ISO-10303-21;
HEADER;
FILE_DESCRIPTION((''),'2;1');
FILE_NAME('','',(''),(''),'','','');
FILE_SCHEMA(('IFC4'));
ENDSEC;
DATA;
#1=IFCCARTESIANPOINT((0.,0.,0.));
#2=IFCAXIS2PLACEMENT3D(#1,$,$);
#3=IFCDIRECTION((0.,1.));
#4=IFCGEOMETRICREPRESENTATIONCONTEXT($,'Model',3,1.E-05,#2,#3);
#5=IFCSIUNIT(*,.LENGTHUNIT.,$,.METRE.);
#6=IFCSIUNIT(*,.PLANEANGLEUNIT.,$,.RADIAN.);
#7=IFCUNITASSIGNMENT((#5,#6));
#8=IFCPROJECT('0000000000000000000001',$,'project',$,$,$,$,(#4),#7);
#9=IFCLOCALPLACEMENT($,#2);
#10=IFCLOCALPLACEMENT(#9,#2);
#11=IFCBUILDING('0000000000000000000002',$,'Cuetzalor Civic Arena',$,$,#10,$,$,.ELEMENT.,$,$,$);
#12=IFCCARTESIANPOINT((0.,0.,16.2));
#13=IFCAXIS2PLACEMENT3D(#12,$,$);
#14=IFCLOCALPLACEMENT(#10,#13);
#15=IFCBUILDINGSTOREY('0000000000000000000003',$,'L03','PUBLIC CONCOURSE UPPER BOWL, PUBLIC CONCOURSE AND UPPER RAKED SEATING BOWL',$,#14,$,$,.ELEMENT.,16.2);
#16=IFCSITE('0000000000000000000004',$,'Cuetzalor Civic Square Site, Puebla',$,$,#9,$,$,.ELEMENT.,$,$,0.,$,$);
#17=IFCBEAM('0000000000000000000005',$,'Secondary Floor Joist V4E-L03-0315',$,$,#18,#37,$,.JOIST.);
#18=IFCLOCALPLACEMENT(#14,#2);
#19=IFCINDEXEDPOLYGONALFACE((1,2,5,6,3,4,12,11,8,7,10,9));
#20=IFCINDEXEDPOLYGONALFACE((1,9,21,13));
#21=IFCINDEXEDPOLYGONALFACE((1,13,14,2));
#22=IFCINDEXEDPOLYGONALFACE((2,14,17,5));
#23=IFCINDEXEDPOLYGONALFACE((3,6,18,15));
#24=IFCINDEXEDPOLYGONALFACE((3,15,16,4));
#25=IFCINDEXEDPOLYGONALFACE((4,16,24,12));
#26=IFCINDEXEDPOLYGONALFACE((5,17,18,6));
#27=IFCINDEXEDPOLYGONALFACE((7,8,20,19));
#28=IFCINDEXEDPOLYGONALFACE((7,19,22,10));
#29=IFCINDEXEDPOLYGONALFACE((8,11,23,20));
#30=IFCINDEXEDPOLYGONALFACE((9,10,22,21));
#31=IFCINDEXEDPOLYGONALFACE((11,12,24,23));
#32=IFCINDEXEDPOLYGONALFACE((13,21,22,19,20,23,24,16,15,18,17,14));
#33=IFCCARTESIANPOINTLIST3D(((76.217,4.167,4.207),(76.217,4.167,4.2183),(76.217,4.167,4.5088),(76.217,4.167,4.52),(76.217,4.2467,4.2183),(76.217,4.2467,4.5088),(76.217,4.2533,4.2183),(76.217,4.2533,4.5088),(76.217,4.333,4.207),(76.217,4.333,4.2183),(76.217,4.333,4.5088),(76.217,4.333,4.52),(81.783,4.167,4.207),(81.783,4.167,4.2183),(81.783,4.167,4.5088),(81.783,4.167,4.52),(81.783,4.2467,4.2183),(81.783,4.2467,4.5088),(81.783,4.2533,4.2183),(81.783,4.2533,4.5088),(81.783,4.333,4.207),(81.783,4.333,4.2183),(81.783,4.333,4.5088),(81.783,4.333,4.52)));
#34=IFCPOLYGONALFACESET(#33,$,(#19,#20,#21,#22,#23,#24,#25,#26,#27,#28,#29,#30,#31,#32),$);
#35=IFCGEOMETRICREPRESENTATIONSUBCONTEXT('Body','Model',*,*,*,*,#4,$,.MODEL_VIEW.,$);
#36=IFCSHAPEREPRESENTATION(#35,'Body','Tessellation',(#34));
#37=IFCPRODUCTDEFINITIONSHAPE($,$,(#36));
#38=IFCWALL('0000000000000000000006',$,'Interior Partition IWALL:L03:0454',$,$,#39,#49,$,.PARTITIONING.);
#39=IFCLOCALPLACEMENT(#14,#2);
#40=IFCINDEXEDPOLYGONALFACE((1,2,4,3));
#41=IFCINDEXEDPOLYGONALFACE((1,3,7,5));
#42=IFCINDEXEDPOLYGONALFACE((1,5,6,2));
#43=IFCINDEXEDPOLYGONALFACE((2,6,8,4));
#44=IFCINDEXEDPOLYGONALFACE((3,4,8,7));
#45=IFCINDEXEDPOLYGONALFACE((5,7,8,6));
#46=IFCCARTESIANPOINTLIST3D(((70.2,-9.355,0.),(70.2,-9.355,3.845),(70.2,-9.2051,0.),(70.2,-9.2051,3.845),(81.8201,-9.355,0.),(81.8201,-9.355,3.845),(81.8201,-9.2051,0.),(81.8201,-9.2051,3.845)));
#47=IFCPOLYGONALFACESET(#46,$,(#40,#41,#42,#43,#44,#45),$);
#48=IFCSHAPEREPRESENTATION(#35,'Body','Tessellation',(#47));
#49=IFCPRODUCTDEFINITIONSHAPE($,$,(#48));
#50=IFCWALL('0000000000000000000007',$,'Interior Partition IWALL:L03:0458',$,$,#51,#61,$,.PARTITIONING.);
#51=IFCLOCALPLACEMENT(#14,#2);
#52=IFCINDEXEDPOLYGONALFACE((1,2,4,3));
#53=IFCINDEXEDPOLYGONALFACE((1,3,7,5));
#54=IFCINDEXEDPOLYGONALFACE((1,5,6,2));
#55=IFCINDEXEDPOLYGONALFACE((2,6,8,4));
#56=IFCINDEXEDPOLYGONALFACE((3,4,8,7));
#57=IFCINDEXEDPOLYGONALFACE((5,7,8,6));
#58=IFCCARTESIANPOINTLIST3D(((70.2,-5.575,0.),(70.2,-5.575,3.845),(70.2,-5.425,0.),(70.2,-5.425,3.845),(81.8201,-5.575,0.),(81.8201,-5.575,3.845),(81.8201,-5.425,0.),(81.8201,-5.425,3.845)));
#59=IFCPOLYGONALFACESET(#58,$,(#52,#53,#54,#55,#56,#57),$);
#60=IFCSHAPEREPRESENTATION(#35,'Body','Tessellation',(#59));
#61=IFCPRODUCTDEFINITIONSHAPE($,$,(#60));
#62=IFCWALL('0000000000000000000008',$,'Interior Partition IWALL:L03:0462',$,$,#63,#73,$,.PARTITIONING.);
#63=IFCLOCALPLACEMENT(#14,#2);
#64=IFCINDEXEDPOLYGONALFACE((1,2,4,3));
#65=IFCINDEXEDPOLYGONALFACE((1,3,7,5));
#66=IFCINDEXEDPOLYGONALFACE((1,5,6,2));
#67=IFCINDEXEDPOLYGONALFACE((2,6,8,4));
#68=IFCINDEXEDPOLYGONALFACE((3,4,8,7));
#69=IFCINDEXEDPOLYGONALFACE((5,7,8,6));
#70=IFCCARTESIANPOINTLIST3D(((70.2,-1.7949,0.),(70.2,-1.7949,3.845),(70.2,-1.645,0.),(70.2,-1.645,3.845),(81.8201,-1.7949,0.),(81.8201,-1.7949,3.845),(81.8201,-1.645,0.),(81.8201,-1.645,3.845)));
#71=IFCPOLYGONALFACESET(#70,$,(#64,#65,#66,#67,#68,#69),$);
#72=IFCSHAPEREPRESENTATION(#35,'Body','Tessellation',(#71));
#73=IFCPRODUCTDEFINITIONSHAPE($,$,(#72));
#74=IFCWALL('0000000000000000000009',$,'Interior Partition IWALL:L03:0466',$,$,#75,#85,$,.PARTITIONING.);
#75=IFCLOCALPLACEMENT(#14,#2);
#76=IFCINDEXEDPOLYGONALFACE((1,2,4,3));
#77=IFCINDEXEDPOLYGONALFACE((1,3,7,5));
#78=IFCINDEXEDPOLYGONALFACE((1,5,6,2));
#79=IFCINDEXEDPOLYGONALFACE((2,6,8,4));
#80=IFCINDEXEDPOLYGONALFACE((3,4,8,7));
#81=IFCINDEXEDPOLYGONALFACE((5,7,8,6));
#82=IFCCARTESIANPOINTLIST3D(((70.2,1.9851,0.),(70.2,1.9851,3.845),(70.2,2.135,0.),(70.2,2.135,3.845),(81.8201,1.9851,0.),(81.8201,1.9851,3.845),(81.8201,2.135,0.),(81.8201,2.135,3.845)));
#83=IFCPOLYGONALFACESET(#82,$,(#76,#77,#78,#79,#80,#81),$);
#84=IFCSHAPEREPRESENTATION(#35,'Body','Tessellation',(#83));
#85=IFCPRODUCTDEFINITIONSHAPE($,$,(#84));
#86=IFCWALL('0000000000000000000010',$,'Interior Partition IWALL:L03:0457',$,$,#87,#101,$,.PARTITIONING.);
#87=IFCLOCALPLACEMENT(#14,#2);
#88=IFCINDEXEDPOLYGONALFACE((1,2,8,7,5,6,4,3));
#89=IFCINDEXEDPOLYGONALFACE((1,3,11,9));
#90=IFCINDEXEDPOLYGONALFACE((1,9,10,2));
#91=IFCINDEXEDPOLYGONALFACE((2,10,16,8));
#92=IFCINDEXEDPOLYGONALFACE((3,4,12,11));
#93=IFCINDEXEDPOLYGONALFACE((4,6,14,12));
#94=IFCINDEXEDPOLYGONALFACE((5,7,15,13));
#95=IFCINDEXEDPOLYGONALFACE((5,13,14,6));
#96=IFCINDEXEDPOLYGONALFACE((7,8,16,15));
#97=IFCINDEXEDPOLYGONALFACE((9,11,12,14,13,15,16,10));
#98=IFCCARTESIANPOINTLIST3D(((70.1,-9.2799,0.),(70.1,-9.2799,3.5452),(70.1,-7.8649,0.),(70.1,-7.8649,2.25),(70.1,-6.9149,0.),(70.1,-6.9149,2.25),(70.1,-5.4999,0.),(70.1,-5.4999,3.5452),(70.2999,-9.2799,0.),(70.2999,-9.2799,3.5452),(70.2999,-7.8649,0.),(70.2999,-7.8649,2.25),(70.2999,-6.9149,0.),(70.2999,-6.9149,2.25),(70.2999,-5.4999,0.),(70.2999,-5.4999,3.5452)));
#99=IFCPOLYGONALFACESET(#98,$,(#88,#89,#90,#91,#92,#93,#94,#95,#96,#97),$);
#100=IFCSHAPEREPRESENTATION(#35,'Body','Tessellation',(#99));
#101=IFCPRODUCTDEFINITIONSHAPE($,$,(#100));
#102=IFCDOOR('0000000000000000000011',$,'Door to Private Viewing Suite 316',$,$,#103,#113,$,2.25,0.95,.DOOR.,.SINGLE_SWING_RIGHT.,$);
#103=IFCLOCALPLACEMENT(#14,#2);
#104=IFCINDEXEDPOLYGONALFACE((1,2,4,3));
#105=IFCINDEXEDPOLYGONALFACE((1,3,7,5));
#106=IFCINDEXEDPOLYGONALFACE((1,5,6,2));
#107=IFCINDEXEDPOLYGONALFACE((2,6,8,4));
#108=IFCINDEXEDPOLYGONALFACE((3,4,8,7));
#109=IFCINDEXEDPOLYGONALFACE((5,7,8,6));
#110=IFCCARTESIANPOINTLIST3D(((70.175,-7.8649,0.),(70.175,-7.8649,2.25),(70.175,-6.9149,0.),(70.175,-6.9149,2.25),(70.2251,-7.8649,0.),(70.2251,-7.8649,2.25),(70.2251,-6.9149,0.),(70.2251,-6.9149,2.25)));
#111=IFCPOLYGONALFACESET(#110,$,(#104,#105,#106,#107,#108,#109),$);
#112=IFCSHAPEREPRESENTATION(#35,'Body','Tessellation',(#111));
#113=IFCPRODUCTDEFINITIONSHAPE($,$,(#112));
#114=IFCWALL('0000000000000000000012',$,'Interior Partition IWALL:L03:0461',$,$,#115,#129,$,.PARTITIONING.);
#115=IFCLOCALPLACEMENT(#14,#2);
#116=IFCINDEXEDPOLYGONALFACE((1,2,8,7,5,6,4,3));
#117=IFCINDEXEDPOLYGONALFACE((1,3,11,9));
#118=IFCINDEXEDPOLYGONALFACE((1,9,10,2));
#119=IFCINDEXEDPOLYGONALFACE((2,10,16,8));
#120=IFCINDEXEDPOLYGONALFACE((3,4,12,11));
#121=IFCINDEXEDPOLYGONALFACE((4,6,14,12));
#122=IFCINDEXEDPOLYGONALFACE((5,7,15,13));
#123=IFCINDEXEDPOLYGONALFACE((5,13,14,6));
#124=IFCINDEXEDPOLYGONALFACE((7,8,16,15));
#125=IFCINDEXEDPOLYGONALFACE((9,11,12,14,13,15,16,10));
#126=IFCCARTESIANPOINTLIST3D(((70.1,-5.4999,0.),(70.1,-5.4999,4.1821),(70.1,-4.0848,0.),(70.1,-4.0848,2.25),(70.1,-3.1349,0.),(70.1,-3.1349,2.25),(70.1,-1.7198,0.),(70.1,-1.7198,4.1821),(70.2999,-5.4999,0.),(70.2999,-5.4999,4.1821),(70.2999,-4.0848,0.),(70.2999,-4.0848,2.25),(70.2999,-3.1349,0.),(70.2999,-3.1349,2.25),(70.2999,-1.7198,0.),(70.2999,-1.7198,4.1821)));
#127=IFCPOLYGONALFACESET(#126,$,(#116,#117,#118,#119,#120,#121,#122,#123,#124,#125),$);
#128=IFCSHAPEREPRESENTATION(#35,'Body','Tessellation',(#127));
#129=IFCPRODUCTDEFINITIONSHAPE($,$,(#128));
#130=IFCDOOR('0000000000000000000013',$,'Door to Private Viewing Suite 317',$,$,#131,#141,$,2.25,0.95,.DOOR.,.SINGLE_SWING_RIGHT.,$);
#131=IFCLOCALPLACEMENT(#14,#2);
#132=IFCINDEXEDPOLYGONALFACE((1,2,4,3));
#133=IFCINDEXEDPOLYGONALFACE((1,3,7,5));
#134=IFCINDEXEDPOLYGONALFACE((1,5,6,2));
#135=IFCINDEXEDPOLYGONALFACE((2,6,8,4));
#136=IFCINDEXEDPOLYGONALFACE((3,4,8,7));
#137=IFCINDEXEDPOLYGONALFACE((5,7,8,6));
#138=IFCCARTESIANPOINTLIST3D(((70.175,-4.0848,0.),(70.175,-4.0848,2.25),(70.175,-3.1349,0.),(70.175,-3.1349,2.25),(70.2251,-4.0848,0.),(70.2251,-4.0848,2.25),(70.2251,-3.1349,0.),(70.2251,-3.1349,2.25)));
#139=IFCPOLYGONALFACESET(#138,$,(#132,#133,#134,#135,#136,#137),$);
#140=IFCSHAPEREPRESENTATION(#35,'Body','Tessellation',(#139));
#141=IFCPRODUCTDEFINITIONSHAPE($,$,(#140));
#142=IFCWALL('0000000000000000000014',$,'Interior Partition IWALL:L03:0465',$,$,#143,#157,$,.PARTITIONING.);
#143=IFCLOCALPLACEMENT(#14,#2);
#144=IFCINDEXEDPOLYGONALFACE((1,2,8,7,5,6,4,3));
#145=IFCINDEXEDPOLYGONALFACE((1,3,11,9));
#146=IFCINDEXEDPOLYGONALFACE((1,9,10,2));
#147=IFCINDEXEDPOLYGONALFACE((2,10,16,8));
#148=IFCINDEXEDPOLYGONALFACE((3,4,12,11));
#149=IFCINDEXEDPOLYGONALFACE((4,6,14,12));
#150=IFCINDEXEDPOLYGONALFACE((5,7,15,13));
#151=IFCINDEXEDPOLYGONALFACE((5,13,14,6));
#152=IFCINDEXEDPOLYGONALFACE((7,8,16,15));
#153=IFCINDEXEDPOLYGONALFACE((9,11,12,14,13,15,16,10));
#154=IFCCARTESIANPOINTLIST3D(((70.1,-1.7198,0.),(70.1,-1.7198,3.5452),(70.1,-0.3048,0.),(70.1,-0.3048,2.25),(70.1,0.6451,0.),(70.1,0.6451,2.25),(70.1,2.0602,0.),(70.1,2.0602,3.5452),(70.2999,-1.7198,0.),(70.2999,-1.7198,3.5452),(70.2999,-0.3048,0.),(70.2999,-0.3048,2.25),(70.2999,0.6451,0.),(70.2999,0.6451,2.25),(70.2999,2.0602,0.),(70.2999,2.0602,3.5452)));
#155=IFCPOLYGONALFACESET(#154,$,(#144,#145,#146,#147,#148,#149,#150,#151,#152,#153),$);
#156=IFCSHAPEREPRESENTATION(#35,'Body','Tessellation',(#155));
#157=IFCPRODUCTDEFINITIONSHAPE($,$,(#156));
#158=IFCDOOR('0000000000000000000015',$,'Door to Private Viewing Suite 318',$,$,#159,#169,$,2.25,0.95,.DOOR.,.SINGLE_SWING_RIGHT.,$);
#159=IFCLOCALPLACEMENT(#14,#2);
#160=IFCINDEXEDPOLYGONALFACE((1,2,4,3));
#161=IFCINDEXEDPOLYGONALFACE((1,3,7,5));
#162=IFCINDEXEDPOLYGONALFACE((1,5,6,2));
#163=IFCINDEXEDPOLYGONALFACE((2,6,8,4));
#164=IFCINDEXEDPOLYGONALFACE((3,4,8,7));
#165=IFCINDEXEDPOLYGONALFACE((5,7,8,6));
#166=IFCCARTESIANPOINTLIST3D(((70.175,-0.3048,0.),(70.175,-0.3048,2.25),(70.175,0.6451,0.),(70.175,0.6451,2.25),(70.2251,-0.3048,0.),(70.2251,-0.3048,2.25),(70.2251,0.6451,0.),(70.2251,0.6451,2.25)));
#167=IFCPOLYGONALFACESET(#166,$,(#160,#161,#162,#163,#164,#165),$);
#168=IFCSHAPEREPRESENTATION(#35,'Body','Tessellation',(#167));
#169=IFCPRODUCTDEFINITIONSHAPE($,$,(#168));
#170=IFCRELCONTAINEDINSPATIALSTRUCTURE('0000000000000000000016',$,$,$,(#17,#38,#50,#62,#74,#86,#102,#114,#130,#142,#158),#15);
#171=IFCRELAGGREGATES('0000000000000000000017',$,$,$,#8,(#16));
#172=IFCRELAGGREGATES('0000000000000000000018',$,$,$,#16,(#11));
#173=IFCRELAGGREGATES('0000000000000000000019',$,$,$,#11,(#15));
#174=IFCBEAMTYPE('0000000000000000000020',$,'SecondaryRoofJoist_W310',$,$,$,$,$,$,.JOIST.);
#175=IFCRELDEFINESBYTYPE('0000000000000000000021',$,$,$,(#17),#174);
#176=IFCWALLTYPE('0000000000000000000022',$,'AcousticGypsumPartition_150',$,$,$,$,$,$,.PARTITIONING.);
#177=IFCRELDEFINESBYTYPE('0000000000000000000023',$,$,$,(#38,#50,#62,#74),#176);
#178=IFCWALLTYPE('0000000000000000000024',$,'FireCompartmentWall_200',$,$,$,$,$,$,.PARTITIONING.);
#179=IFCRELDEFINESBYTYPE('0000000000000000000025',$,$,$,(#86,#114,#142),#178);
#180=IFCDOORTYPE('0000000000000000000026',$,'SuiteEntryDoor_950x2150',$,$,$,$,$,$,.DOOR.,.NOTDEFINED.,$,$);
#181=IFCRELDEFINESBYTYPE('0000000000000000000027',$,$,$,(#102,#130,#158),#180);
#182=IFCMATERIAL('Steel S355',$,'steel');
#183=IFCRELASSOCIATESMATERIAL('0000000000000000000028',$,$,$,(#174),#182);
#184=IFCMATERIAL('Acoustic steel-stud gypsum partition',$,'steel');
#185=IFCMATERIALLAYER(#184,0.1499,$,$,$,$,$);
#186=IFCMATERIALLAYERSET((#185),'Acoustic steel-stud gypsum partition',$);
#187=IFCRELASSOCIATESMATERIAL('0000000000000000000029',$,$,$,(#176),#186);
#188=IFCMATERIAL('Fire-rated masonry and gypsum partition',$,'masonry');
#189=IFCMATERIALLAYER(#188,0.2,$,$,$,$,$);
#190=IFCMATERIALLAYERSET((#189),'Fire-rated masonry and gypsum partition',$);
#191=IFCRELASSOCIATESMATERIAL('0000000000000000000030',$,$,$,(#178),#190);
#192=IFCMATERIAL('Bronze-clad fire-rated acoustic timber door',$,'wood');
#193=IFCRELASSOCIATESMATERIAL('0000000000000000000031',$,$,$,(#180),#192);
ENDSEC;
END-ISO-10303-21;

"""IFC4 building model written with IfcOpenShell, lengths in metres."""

from ifc_helpers import new_model, si_unit, direction, frame, frame_2d, origin, origin_2d, place, context, subcontext, project, spatial, rectangle, i_section, extrude, material, layer, layer_set, material_profile, profile_set, type_object, element, fill, save


model = new_model("IFC4")

# Units and contexts
model_context = context("Model", 3, precision=1e-05, world=origin(), true_north=direction((0.0, 1.0)))
body_context = subcontext(model_context, "Body", "Model", "MODEL_VIEW")
ifc_project = project(units=[si_unit("LENGTHUNIT", "METRE"), si_unit("PLANEANGLEUNIT", "RADIAN")], contexts=[model_context])

# Site, building, storey
site_placement = place(None, origin())
site = spatial("IfcSite", under=ifc_project, at=site_placement, Name="Cuetzalor Civic Square Site, Puebla", CompositionType="ELEMENT", RefElevation=0.0)
building_placement = place(site_placement, origin())
building = spatial("IfcBuilding", under=site, at=building_placement, Name="Cuetzalor Civic Arena", CompositionType="ELEMENT")
storey_placement = place(building_placement, frame((0.0, 0.0, 16.2)))
storey = spatial("IfcBuildingStorey", under=building, at=storey_placement, Name="L03", Description="PUBLIC CONCOURSE UPPER BOWL, PUBLIC CONCOURSE AND UPPER RAKED SEATING BOWL", CompositionType="ELEMENT", Elevation=16.2)

# Beam
ifc_material_1 = material(Name="Steel S355", Category="steel")
ifc_material_profile_1 = material_profile(ifc_material_1, i_section(OverallWidth=0.166, OverallDepth=0.313, WebThickness=0.0066, FlangeThickness=0.0112, at=origin_2d()), Name="W310x45")
ifc_profile_set_1 = profile_set([ifc_material_profile_1], Name="Steel S355")
beam_type_1 = type_object("IfcBeamType", Name="SecondaryRoofJoist_W310", PredefinedType="JOIST", material=ifc_profile_set_1)
for number, where, z_axis, x_axis, name in (
    (1, (76.217, 4.25, 4.3635), (1.0, 0.0, 0.0), (0.0, 1.0, 0.0), "Secondary Floor Joist V4E-L03-0315"),
):
    element("IfcBeam", number, at=place(storey_placement, frame(where, z_axis=z_axis, x_axis=x_axis)), inside=storey, type_object=beam_type_1, Name=name, PredefinedType="JOIST", context=body_context, shape_type="SweptSolid", body=[
        extrude(i_section(OverallWidth=0.166, OverallDepth=0.313, WebThickness=0.0066, FlangeThickness=0.0112, at=origin_2d()), origin(), (0.0, 0.0, 1.0), 5.5659),
    ])

# Shared definitions
ifc_material_2 = material(Name="Acoustic steel-stud gypsum partition", Category="steel")
ifc_layer_1 = layer(ifc_material_2, 0.1499)
ifc_layer_set_1 = layer_set([ifc_layer_1], Name="Acoustic steel-stud gypsum partition")
wall_type_1 = type_object("IfcWallType", Name="AcousticGypsumPartition_150", PredefinedType="PARTITIONING", material=ifc_layer_set_1)

# Walls
for number, where, z_axis, x_axis, name in (
    (2, (70.2, -9.28, 0.0), (0.0, 0.0, 1.0), (1.0, 0.0, 0.0), "Interior Partition IWALL:L03:0454"),
    (3, (70.2, -5.5, 0.0), (0.0, 0.0, 1.0), (1.0, 0.0, 0.0), "Interior Partition IWALL:L03:0458"),
    (4, (70.2, -1.72, 0.0), (0.0, 0.0, 1.0), (1.0, 0.0, 0.0), "Interior Partition IWALL:L03:0462"),
    (5, (70.2, 2.0601, 0.0), (0.0, 0.0, 1.0), (1.0, 0.0, 0.0), "Interior Partition IWALL:L03:0466"),
):
    element("IfcWall", number, at=place(storey_placement, frame(where, z_axis=z_axis, x_axis=x_axis)), inside=storey, type_object=wall_type_1, Name=name, PredefinedType="PARTITIONING", context=body_context, shape_type="SweptSolid", body=[
        extrude(rectangle(XDim=11.6201, YDim=0.1499, at=frame_2d((5.8101, 0.0))), origin(), (0.0, 0.0, 1.0), 3.845),
    ])

# Walls, openings, doors
ifc_material_3 = material(Name="Fire-rated masonry and gypsum partition", Category="masonry")
ifc_layer_2 = layer(ifc_material_3, 0.2)
ifc_layer_set_2 = layer_set([ifc_layer_2], Name="Fire-rated masonry and gypsum partition")
wall_type_2 = type_object("IfcWallType", Name="FireCompartmentWall_200", PredefinedType="PARTITIONING", material=ifc_layer_set_2)
wall_1_placement = place(storey_placement, frame((70.2, -9.28, 0.0), z_axis=(0.0, 0.0, 1.0), x_axis=(0.0, 1.0, 0.0)))
wall_1 = element("IfcWall", 6, at=wall_1_placement, inside=storey, type_object=wall_type_2, Name="Interior Partition IWALL:L03:0457", PredefinedType="PARTITIONING", context=body_context, shape_type="SweptSolid", body=[
    extrude(rectangle(XDim=3.78, YDim=0.2, at=frame_2d((1.8901, 0.0))), origin(), (0.0, 0.0, 1.0), 3.5452),
])
opening_1_placement = place(wall_1_placement, frame((1.415, 0.0, 0.0)))
opening_1 = element("IfcOpeningElement", 7, at=opening_1_placement, cuts=wall_1, PredefinedType="OPENING", context=body_context, shape_type="SweptSolid", body=[
    extrude(rectangle(XDim=0.95, YDim=2.25, at=frame_2d((0.4751, 1.125))), frame((0.0, 0.1099, 0.0), z_axis=(0.0, -1.0, 0.0), x_axis=(1.0, 0.0, 0.0)), (0.0, 0.0, 1.0), 0.22),
])
ifc_material_4 = material(Name="Bronze-clad fire-rated acoustic timber door", Category="wood")
door_type_1 = type_object("IfcDoorType", Name="SuiteEntryDoor_950x2150", OperationType="NOTDEFINED", PredefinedType="DOOR", material=ifc_material_4)
door_1_placement = place(opening_1_placement, origin())
door_1 = element("IfcDoor", 8, at=door_1_placement, inside=storey, type_object=door_type_1, Name="Door to Private Viewing Suite 316", OperationType="SINGLE_SWING_RIGHT", OverallHeight=2.25, OverallWidth=0.95, PredefinedType="DOOR", context=body_context, shape_type="SweptSolid", body=[
    extrude(rectangle(XDim=0.95, YDim=2.25, at=frame_2d((0.4751, 1.125))), frame((0.0, 0.0249, 0.0), z_axis=(0.0, -1.0, 0.0), x_axis=(1.0, 0.0, 0.0)), (0.0, 0.0, 1.0), 0.05),
])
fill(opening_1, door_1)
wall_2_placement = place(storey_placement, frame((70.2, -5.5, 0.0), z_axis=(0.0, 0.0, 1.0), x_axis=(0.0, 1.0, 0.0)))
wall_2 = element("IfcWall", 9, at=wall_2_placement, inside=storey, type_object=wall_type_2, Name="Interior Partition IWALL:L03:0461", PredefinedType="PARTITIONING", context=body_context, shape_type="SweptSolid", body=[
    extrude(rectangle(XDim=3.78, YDim=0.2, at=frame_2d((1.8901, 0.0))), origin(), (0.0, 0.0, 1.0), 4.1821),
])
opening_2_placement = place(wall_2_placement, frame((1.415, 0.0, 0.0)))
opening_2 = element("IfcOpeningElement", 10, at=opening_2_placement, cuts=wall_2, PredefinedType="OPENING", context=body_context, shape_type="SweptSolid", body=[
    extrude(rectangle(XDim=0.95, YDim=2.25, at=frame_2d((0.4751, 1.125))), frame((0.0, 0.1099, 0.0), z_axis=(0.0, -1.0, 0.0), x_axis=(1.0, 0.0, 0.0)), (0.0, 0.0, 1.0), 0.22),
])
door_2_placement = place(opening_2_placement, origin())
door_2 = element("IfcDoor", 11, at=door_2_placement, inside=storey, type_object=door_type_1, Name="Door to Private Viewing Suite 317", OperationType="SINGLE_SWING_RIGHT", OverallHeight=2.25, OverallWidth=0.95, PredefinedType="DOOR", context=body_context, shape_type="SweptSolid", body=[
    extrude(rectangle(XDim=0.95, YDim=2.25, at=frame_2d((0.4751, 1.125))), frame((0.0, 0.0249, 0.0), z_axis=(0.0, -1.0, 0.0), x_axis=(1.0, 0.0, 0.0)), (0.0, 0.0, 1.0), 0.05),
])
fill(opening_2, door_2)
wall_3_placement = place(storey_placement, frame((70.2, -1.72, 0.0), z_axis=(0.0, 0.0, 1.0), x_axis=(0.0, 1.0, 0.0)))
wall_3 = element("IfcWall", 12, at=wall_3_placement, inside=storey, type_object=wall_type_2, Name="Interior Partition IWALL:L03:0465", PredefinedType="PARTITIONING", context=body_context, shape_type="SweptSolid", body=[
    extrude(rectangle(XDim=3.78, YDim=0.2, at=frame_2d((1.8901, 0.0))), origin(), (0.0, 0.0, 1.0), 3.5452),
])
opening_3_placement = place(wall_3_placement, frame((1.415, 0.0, 0.0)))
opening_3 = element("IfcOpeningElement", 13, at=opening_3_placement, cuts=wall_3, PredefinedType="OPENING", context=body_context, shape_type="SweptSolid", body=[
    extrude(rectangle(XDim=0.95, YDim=2.25, at=frame_2d((0.4751, 1.125))), frame((0.0, 0.1099, 0.0), z_axis=(0.0, -1.0, 0.0), x_axis=(1.0, 0.0, 0.0)), (0.0, 0.0, 1.0), 0.22),
])
door_3_placement = place(opening_3_placement, origin())
door_3 = element("IfcDoor", 14, at=door_3_placement, inside=storey, type_object=door_type_1, Name="Door to Private Viewing Suite 318", OperationType="SINGLE_SWING_RIGHT", OverallHeight=2.25, OverallWidth=0.95, PredefinedType="DOOR", context=body_context, shape_type="SweptSolid", body=[
    extrude(rectangle(XDim=0.95, YDim=2.25, at=frame_2d((0.4751, 1.125))), frame((0.0, 0.0249, 0.0), z_axis=(0.0, -1.0, 0.0), x_axis=(1.0, 0.0, 0.0)), (0.0, 0.0, 1.0), 0.05),
])
fill(opening_3, door_3)

save(model, "model.ifc")
